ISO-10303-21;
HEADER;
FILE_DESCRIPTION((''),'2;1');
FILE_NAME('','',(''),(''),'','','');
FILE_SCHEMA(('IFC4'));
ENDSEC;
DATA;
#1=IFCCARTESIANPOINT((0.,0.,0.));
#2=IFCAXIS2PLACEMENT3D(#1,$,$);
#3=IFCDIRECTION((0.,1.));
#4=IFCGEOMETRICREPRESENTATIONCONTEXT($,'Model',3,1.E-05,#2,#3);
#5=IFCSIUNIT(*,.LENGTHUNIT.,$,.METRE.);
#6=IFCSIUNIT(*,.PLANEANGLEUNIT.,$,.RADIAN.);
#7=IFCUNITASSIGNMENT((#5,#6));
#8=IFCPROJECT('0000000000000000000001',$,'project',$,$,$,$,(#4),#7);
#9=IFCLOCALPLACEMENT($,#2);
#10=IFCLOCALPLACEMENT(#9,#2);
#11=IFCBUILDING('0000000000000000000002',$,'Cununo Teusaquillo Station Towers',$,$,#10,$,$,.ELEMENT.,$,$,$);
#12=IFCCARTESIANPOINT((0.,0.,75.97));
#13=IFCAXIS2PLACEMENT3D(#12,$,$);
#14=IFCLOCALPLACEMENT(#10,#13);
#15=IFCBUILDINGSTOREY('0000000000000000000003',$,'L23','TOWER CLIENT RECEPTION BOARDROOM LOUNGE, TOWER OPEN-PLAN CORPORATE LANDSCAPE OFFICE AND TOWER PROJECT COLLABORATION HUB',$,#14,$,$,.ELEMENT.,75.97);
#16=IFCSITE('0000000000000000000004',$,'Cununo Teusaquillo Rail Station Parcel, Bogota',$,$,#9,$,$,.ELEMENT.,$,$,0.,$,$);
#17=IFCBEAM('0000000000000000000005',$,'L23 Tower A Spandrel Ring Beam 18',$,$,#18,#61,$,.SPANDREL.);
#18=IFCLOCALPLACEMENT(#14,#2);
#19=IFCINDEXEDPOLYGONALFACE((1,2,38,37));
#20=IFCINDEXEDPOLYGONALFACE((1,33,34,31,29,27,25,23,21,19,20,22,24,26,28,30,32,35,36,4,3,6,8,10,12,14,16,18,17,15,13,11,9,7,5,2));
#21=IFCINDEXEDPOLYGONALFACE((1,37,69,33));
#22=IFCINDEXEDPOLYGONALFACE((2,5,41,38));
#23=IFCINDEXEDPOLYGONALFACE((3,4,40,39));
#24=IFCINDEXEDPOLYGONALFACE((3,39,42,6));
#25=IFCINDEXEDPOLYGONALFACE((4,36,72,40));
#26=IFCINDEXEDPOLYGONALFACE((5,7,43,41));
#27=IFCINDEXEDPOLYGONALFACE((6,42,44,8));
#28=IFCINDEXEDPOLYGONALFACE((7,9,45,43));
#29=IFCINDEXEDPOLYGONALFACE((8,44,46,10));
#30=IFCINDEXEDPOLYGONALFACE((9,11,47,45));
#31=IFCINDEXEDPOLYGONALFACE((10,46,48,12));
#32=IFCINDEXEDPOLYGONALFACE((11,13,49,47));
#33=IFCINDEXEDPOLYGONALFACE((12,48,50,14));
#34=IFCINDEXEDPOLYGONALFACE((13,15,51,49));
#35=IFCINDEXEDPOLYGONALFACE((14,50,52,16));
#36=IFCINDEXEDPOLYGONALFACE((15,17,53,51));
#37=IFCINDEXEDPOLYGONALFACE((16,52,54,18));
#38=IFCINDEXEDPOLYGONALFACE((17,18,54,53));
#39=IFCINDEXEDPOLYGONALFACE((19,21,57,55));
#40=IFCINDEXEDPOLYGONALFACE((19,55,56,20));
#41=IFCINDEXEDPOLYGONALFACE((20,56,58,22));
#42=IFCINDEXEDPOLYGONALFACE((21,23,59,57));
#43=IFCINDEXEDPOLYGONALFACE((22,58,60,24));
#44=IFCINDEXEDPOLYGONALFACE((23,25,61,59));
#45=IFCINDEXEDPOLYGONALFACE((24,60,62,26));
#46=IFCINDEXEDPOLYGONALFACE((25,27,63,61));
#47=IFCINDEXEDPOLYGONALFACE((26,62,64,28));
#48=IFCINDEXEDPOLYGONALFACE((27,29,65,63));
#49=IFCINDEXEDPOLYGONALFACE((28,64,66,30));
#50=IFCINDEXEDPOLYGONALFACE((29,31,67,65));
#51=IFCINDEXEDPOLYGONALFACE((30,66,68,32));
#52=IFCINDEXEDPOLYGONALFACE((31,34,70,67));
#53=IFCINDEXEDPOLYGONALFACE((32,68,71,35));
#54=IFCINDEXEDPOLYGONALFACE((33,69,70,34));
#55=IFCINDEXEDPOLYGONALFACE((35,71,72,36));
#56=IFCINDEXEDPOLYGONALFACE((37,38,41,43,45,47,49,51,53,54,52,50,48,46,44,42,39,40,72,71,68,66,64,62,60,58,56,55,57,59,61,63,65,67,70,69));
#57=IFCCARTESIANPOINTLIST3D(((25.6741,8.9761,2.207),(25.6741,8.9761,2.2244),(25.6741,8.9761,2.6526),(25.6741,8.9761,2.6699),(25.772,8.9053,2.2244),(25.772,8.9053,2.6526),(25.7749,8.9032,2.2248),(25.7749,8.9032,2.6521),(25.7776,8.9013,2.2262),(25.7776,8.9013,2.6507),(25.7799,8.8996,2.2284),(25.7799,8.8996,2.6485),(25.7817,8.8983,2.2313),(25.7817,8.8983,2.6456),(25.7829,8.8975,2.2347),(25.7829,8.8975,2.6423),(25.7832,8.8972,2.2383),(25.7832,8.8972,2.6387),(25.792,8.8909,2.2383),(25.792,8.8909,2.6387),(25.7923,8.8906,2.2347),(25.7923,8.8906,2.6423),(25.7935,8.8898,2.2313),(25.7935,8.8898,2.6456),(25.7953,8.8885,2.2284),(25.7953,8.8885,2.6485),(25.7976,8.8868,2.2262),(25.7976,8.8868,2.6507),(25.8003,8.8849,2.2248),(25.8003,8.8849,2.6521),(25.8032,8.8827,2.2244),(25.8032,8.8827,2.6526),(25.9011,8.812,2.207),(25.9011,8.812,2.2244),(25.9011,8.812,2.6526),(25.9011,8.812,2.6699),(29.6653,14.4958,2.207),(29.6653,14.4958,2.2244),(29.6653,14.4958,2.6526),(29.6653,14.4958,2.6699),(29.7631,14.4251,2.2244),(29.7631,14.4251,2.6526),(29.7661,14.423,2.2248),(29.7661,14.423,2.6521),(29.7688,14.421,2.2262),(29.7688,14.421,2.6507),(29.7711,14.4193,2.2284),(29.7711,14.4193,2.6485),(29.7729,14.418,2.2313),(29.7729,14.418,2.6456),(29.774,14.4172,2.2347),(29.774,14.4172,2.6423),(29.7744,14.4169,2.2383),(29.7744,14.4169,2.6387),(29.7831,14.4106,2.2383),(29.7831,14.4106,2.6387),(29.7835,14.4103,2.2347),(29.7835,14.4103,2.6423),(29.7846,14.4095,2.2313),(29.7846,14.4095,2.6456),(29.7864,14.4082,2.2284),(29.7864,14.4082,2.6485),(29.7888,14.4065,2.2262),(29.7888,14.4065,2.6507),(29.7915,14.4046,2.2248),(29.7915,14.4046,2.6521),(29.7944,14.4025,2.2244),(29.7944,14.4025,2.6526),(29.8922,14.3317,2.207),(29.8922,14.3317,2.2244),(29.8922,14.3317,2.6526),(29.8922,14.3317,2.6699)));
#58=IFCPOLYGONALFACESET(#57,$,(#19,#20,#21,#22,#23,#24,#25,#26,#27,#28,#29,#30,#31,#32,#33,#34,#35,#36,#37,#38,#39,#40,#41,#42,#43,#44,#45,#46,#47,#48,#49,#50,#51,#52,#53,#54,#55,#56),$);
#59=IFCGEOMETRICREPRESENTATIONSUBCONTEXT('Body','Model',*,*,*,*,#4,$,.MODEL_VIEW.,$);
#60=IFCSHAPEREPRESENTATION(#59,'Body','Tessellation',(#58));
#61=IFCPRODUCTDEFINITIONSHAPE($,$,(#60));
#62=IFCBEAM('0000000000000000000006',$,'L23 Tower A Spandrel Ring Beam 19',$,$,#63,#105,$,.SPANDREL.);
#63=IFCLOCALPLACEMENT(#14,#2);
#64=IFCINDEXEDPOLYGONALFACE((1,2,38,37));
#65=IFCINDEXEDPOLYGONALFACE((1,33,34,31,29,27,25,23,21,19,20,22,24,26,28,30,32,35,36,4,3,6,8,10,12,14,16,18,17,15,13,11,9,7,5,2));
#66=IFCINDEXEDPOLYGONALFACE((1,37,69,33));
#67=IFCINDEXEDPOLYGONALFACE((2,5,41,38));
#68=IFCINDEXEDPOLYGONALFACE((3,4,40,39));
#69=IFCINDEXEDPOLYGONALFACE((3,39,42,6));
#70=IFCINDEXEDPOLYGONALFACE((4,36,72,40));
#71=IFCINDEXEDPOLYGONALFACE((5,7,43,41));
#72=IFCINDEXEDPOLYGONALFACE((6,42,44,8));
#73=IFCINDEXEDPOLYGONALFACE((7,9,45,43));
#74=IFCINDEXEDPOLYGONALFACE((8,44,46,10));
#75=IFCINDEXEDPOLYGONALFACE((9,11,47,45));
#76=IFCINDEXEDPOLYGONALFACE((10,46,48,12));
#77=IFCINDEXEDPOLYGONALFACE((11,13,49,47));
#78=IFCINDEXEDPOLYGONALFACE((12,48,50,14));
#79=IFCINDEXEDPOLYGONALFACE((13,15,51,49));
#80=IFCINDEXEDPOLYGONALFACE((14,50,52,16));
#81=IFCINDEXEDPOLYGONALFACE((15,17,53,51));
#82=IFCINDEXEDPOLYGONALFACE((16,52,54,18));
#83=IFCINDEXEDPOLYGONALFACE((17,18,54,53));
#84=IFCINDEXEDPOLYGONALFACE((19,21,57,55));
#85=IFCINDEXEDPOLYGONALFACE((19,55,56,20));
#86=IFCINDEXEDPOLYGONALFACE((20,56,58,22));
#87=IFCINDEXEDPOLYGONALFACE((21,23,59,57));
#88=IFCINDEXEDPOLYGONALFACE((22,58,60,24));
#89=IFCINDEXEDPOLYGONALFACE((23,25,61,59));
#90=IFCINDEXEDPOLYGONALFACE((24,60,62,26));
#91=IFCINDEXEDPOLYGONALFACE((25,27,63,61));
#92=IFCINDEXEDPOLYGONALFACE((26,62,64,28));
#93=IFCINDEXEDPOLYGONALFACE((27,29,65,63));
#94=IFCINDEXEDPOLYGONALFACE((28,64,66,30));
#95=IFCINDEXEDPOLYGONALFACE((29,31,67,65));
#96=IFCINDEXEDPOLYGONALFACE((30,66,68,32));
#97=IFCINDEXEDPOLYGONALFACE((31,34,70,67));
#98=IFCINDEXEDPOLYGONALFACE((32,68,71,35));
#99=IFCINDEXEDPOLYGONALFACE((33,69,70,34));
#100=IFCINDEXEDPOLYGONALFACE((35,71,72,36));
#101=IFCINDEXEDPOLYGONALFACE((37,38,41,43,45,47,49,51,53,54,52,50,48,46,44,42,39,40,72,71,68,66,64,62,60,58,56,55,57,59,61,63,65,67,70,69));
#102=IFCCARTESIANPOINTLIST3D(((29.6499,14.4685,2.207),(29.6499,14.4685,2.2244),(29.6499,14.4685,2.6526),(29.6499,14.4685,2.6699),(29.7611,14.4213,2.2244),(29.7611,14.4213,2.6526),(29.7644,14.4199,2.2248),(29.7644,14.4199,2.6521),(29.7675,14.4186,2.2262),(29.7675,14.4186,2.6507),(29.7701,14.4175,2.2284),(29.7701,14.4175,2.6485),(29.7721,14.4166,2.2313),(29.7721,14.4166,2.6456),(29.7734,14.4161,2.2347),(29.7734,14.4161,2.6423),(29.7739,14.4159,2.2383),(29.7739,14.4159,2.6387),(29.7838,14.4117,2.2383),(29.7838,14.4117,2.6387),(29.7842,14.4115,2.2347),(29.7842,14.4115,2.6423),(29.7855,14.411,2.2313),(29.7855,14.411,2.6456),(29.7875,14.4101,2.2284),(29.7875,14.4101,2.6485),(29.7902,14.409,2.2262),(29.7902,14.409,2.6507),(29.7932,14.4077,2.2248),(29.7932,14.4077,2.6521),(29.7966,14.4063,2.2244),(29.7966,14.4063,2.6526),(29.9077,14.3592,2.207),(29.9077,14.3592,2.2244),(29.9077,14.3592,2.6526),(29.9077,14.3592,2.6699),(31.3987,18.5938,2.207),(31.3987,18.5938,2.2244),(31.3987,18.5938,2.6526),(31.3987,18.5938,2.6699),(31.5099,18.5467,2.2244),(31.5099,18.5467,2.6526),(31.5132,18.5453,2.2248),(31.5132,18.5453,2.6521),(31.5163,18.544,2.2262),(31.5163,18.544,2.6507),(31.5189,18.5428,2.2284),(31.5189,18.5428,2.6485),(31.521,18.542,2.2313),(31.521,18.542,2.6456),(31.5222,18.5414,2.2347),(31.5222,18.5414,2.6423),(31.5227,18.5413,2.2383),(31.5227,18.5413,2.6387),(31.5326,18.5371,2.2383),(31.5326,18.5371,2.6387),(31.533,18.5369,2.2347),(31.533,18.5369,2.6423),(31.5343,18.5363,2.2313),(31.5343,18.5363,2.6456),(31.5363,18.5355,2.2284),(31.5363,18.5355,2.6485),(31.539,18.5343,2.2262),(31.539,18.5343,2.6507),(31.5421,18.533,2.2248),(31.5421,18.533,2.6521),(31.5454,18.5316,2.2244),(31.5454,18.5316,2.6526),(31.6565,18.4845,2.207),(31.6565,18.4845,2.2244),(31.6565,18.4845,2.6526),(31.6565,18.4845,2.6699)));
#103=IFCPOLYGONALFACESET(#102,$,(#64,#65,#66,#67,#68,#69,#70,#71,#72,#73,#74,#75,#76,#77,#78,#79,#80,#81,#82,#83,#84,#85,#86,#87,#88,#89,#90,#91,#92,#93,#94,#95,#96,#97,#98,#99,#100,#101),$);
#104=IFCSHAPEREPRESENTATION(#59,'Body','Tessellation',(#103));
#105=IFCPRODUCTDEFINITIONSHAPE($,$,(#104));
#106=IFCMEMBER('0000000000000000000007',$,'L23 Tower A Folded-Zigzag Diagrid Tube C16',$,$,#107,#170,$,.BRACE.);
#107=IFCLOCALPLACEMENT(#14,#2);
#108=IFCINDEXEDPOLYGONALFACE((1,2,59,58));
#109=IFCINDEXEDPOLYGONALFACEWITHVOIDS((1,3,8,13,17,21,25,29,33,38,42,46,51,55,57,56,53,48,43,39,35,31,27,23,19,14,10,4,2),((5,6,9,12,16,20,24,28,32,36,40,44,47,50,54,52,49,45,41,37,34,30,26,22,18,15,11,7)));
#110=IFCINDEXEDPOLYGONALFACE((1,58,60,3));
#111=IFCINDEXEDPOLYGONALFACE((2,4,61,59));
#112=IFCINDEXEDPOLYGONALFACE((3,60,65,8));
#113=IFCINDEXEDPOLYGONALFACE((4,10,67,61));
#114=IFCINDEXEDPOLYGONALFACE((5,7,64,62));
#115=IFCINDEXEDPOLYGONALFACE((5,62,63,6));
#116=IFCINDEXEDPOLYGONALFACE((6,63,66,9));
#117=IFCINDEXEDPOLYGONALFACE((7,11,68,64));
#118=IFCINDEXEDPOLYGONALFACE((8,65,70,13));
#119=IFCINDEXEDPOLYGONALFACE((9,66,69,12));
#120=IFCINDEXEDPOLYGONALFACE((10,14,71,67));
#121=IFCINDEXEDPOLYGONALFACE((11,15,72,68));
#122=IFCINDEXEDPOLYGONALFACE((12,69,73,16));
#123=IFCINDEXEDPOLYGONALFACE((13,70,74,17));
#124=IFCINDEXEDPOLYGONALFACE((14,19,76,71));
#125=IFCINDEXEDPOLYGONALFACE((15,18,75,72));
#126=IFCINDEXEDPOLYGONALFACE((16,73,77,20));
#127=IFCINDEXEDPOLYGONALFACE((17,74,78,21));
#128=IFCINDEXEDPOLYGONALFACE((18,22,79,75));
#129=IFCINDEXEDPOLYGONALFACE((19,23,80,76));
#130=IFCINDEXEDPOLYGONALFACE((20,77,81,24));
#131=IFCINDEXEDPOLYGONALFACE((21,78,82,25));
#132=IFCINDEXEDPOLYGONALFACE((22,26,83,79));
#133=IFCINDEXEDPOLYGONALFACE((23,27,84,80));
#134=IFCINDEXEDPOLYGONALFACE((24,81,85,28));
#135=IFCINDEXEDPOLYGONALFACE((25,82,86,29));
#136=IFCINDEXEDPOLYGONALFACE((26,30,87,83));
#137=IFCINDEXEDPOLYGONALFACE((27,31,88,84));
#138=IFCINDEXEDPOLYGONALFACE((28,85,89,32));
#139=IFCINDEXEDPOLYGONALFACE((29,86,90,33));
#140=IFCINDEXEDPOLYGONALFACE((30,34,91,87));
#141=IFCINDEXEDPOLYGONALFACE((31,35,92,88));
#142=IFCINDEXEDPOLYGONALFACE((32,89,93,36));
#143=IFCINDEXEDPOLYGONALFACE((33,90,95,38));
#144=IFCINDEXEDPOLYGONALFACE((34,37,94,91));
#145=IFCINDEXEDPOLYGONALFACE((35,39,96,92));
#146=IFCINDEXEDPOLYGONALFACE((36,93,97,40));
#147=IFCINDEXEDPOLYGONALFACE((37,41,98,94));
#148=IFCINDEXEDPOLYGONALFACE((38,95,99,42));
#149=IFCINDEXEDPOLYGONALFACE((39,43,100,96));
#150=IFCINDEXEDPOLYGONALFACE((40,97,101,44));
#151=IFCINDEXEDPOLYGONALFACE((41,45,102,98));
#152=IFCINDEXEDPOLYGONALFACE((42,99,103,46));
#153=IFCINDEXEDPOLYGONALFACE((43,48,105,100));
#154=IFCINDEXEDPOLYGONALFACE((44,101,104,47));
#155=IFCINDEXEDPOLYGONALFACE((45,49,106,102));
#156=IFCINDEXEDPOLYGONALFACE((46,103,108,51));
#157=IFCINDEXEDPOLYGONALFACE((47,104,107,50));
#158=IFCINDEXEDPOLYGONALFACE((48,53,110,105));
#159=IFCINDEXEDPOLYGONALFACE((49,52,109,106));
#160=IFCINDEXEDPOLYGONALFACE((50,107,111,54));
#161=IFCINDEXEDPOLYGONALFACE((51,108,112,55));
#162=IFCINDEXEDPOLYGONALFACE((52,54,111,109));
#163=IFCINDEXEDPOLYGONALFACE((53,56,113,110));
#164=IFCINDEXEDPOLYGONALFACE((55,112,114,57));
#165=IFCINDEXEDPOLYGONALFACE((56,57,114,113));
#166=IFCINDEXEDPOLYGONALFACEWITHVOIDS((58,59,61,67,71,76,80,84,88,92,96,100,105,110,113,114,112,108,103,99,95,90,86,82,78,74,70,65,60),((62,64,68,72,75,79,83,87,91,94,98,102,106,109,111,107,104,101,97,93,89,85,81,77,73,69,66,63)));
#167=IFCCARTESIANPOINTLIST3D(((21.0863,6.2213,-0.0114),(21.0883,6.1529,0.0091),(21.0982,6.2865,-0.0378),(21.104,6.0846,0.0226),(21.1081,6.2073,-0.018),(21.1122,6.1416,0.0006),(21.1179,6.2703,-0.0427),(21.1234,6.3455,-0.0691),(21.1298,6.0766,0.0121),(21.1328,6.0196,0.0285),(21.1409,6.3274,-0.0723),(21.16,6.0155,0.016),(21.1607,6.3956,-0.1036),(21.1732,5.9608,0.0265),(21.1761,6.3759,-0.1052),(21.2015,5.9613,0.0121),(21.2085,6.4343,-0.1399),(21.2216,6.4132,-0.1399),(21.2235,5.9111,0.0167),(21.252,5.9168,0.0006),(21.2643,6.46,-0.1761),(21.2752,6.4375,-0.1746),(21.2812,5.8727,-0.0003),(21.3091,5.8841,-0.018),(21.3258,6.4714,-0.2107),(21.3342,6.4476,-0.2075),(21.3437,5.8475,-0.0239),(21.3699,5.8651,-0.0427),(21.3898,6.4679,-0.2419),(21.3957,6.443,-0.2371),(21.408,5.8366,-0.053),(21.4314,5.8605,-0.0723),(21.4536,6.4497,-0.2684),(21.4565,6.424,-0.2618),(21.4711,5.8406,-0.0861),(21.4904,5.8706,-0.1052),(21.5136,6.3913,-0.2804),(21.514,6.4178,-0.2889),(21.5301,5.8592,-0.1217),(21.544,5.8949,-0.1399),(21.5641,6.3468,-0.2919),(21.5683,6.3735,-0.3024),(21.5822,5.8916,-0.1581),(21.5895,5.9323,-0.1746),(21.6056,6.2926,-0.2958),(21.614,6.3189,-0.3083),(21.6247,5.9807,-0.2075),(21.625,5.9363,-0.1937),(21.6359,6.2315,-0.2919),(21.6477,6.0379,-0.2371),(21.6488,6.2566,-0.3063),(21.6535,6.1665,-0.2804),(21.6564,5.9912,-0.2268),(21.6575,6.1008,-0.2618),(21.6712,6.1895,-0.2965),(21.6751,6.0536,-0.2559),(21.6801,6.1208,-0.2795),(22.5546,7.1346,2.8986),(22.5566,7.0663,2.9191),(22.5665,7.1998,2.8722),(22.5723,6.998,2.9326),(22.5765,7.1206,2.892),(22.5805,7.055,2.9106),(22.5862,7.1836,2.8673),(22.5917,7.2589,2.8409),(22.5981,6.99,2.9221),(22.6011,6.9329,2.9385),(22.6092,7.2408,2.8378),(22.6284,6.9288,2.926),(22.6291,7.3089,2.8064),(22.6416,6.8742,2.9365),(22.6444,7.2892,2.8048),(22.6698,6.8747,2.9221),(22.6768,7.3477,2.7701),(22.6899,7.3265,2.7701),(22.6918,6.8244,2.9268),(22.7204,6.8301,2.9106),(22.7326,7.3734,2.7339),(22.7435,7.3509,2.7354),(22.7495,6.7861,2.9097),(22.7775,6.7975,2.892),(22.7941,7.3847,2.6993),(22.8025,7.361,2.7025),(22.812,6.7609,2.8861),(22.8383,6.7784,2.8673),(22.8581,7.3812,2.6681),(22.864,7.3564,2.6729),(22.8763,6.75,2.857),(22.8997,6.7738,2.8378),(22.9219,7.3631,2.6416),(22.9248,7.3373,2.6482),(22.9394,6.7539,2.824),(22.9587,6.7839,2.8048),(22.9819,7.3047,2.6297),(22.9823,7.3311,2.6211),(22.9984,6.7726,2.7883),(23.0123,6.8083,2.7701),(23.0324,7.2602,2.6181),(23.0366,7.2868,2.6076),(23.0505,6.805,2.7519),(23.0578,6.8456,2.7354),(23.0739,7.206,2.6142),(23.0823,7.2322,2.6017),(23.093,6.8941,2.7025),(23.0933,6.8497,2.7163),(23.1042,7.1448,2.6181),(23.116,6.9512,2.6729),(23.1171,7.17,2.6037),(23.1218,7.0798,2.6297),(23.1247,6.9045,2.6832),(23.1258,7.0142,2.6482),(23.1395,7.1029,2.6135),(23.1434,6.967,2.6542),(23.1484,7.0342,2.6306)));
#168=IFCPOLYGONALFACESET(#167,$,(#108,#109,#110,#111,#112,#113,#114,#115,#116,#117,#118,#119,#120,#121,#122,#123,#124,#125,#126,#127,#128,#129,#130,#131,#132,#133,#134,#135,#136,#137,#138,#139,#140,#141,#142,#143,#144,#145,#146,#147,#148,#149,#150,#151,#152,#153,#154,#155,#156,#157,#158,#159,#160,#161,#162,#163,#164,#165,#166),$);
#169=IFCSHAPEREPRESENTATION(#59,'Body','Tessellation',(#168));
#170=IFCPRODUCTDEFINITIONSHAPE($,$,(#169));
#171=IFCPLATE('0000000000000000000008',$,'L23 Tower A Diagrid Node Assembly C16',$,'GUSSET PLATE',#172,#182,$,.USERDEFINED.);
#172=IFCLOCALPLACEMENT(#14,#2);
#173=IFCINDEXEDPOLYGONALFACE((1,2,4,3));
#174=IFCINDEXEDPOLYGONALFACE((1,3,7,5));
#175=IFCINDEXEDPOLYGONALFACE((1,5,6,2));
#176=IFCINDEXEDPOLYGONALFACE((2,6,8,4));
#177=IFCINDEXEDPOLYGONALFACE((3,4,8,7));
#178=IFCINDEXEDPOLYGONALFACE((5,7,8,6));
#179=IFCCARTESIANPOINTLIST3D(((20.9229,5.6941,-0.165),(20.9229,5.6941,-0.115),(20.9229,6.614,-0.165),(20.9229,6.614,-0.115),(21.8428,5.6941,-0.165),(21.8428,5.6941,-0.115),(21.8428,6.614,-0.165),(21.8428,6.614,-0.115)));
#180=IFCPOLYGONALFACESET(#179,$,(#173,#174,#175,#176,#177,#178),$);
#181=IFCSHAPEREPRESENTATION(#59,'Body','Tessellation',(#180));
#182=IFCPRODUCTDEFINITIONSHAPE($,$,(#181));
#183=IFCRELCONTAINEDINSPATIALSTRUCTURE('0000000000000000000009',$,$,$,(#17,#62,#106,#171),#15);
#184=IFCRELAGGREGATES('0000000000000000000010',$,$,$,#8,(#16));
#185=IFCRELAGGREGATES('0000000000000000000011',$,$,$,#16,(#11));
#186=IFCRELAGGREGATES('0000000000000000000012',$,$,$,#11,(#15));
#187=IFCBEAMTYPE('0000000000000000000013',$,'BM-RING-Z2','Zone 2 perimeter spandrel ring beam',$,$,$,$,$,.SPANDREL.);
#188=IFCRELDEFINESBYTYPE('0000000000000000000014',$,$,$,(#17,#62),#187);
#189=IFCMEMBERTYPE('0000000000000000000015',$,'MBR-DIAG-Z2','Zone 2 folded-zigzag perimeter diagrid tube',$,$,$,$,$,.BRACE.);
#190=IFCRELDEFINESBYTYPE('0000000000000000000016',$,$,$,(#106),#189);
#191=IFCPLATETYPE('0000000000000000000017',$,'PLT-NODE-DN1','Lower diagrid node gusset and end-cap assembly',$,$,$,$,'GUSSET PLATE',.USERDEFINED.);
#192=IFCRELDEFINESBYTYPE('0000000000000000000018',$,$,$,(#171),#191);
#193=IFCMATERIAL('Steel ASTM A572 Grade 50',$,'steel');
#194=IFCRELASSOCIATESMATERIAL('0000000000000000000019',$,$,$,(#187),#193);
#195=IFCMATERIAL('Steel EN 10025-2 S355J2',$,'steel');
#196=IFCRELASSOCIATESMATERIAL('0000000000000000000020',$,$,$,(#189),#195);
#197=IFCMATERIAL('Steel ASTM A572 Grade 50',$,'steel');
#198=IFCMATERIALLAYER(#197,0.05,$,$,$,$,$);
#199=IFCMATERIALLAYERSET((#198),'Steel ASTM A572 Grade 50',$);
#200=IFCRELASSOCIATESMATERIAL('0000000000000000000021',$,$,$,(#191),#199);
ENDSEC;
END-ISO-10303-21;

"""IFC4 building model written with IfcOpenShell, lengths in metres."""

from ifc_helpers import new_model, si_unit, direction, frame, origin, origin_2d, place, context, subcontext, project, spatial, rectangle, hollow_circle, i_section, extrude, source, transform, mapped, material, layer, layer_set, material_profile, profile_set, type_object, element, save


model = new_model("IFC4")

# Units and contexts
model_context = context("Model", 3, precision=1e-05, world=origin(), true_north=direction((0.0, 1.0)))
body_context = subcontext(model_context, "Body", "Model", "MODEL_VIEW")
ifc_project = project(units=[si_unit("LENGTHUNIT", "METRE"), si_unit("PLANEANGLEUNIT", "RADIAN")], contexts=[model_context])

# Site, building, storey
site_placement = place(None, origin())
site = spatial("IfcSite", under=ifc_project, at=site_placement, Name="Cununo Teusaquillo Rail Station Parcel, Bogota", CompositionType="ELEMENT", RefElevation=0.0)
building_placement = place(site_placement, origin())
building = spatial("IfcBuilding", under=site, at=building_placement, Name="Cununo Teusaquillo Station Towers", CompositionType="ELEMENT")
storey_placement = place(building_placement, frame((0.0, 0.0, 75.97)))
storey = spatial("IfcBuildingStorey", under=building, at=storey_placement, Name="L23", Description="TOWER CLIENT RECEPTION BOARDROOM LOUNGE, TOWER OPEN-PLAN CORPORATE LANDSCAPE OFFICE AND TOWER PROJECT COLLABORATION HUB", CompositionType="ELEMENT", Elevation=75.97)

# Beams
ifc_material_1 = material(Name="Steel ASTM A572 Grade 50", Category="steel")
ifc_material_profile_1 = material_profile(ifc_material_1, i_section(OverallWidth=0.28, OverallDepth=0.4629, WebThickness=0.0107, FlangeThickness=0.0173, FilletRadius=0.0139, at=origin_2d()), Name="W18X76")
ifc_profile_set_1 = profile_set([ifc_material_profile_1], Name="Steel ASTM A572 Grade 50")
beam_type_1 = type_object("IfcBeamType", Name="BM-RING-Z2", Description="Zone 2 perimeter spandrel ring beam", PredefinedType="SPANDREL", material=ifc_profile_set_1)
beam_1_placement = place(storey_placement, frame((25.7876, 8.894, 2.4385), z_axis=(0.585945, 0.810351, 0.0), x_axis=(-0.810351, 0.585945, 0.0)))
element("IfcBeam", 1, at=beam_1_placement, inside=storey, type_object=beam_type_1, Name="L23 Tower A Spandrel Ring Beam 18", PredefinedType="SPANDREL", context=body_context, shape_type="SweptSolid", body=[
    extrude(i_section(OverallWidth=0.28, OverallDepth=0.4629, WebThickness=0.0107, FlangeThickness=0.0173, FilletRadius=0.0139, at=origin_2d()), origin(), (0.0, 0.0, 1.0), 6.8115),
])
beam_2_placement = place(storey_placement, frame((29.7788, 14.4138, 2.4385), z_axis=(0.390299, 0.920688, 0.0), x_axis=(-0.920688, 0.390299, 0.0)))
element("IfcBeam", 2, at=beam_2_placement, inside=storey, type_object=beam_type_1, Name="L23 Tower A Spandrel Ring Beam 19", PredefinedType="SPANDREL", context=body_context, shape_type="SweptSolid", body=[
    extrude(i_section(OverallWidth=0.28, OverallDepth=0.4629, WebThickness=0.0107, FlangeThickness=0.0173, FilletRadius=0.0139, at=origin_2d()), origin(), (0.0, 0.0, 1.0), 4.4807),
])

# Member
ifc_material_2 = material(Name="Steel EN 10025-2 S355J2", Category="steel")
ifc_material_profile_2 = material_profile(ifc_material_2, hollow_circle(Radius=0.3301, WallThickness=0.0249, at=origin_2d()), Name="CHS 660x25")
ifc_profile_set_2 = profile_set([ifc_material_profile_2], Name="Steel EN 10025-2 S355J2")
member_type = type_object("IfcMemberType", Name="MBR-DIAG-Z2", Description="Zone 2 folded-zigzag perimeter diagrid tube", PredefinedType="BRACE", material=ifc_profile_set_2)
member_placement = place(storey_placement, frame((21.3828, 6.1541, -0.1399), z_axis=(0.433768, 0.269825, 0.859674), x_axis=(-0.528196, 0.849123, 0.0)))
element("IfcMember", 3, at=member_placement, inside=storey, type_object=member_type, Name="L23 Tower A Folded-Zigzag Diagrid Tube C16", PredefinedType="BRACE", context=body_context, shape_type="SweptSolid", body=[
    extrude(hollow_circle(Radius=0.3301, WallThickness=0.0249, at=origin_2d()), origin(), (0.0, 0.0, 1.0), 3.385),
])

# Plate
ifc_material_3 = material(Name="Steel ASTM A572 Grade 50", Category="steel")
ifc_layer_1 = layer(ifc_material_3, 0.05)
ifc_layer_set_1 = layer_set([ifc_layer_1], Name="Steel ASTM A572 Grade 50")
plate_type = type_object("IfcPlateType", Name="PLT-NODE-DN1", Description="Lower diagrid node gusset and end-cap assembly", ElementType="GUSSET PLATE", PredefinedType="USERDEFINED", material=ifc_layer_set_1)
shared_shape_1 = source(origin(), body_context, "Body", "SweptSolid", [
    extrude(rectangle(XDim=0.9199, YDim=0.9199, at=origin_2d()), origin(), (0.0, 0.0, 1.0), 0.05),
])
plate_placement = place(storey_placement, frame((21.3828, 6.1541, -0.165), z_axis=(0.0, 0.0, 1.0), x_axis=(1.0, 0.0, 0.0)))
element("IfcPlate", 4, at=plate_placement, inside=storey, type_object=plate_type, Name="L23 Tower A Diagrid Node Assembly C16", ObjectType="GUSSET PLATE", PredefinedType="USERDEFINED", context=body_context, shape_type="MappedRepresentation", body=[
    mapped(shared_shape_1, transform((0.0, 0.0, 0.0), x_axis=(1.0, 0.0, 0.0), y_axis=(0.0, 1.0, 0.0), z_axis=(0.0, 0.0, 1.0), scale=1.0)),
])

save(model, "model.ifc")
